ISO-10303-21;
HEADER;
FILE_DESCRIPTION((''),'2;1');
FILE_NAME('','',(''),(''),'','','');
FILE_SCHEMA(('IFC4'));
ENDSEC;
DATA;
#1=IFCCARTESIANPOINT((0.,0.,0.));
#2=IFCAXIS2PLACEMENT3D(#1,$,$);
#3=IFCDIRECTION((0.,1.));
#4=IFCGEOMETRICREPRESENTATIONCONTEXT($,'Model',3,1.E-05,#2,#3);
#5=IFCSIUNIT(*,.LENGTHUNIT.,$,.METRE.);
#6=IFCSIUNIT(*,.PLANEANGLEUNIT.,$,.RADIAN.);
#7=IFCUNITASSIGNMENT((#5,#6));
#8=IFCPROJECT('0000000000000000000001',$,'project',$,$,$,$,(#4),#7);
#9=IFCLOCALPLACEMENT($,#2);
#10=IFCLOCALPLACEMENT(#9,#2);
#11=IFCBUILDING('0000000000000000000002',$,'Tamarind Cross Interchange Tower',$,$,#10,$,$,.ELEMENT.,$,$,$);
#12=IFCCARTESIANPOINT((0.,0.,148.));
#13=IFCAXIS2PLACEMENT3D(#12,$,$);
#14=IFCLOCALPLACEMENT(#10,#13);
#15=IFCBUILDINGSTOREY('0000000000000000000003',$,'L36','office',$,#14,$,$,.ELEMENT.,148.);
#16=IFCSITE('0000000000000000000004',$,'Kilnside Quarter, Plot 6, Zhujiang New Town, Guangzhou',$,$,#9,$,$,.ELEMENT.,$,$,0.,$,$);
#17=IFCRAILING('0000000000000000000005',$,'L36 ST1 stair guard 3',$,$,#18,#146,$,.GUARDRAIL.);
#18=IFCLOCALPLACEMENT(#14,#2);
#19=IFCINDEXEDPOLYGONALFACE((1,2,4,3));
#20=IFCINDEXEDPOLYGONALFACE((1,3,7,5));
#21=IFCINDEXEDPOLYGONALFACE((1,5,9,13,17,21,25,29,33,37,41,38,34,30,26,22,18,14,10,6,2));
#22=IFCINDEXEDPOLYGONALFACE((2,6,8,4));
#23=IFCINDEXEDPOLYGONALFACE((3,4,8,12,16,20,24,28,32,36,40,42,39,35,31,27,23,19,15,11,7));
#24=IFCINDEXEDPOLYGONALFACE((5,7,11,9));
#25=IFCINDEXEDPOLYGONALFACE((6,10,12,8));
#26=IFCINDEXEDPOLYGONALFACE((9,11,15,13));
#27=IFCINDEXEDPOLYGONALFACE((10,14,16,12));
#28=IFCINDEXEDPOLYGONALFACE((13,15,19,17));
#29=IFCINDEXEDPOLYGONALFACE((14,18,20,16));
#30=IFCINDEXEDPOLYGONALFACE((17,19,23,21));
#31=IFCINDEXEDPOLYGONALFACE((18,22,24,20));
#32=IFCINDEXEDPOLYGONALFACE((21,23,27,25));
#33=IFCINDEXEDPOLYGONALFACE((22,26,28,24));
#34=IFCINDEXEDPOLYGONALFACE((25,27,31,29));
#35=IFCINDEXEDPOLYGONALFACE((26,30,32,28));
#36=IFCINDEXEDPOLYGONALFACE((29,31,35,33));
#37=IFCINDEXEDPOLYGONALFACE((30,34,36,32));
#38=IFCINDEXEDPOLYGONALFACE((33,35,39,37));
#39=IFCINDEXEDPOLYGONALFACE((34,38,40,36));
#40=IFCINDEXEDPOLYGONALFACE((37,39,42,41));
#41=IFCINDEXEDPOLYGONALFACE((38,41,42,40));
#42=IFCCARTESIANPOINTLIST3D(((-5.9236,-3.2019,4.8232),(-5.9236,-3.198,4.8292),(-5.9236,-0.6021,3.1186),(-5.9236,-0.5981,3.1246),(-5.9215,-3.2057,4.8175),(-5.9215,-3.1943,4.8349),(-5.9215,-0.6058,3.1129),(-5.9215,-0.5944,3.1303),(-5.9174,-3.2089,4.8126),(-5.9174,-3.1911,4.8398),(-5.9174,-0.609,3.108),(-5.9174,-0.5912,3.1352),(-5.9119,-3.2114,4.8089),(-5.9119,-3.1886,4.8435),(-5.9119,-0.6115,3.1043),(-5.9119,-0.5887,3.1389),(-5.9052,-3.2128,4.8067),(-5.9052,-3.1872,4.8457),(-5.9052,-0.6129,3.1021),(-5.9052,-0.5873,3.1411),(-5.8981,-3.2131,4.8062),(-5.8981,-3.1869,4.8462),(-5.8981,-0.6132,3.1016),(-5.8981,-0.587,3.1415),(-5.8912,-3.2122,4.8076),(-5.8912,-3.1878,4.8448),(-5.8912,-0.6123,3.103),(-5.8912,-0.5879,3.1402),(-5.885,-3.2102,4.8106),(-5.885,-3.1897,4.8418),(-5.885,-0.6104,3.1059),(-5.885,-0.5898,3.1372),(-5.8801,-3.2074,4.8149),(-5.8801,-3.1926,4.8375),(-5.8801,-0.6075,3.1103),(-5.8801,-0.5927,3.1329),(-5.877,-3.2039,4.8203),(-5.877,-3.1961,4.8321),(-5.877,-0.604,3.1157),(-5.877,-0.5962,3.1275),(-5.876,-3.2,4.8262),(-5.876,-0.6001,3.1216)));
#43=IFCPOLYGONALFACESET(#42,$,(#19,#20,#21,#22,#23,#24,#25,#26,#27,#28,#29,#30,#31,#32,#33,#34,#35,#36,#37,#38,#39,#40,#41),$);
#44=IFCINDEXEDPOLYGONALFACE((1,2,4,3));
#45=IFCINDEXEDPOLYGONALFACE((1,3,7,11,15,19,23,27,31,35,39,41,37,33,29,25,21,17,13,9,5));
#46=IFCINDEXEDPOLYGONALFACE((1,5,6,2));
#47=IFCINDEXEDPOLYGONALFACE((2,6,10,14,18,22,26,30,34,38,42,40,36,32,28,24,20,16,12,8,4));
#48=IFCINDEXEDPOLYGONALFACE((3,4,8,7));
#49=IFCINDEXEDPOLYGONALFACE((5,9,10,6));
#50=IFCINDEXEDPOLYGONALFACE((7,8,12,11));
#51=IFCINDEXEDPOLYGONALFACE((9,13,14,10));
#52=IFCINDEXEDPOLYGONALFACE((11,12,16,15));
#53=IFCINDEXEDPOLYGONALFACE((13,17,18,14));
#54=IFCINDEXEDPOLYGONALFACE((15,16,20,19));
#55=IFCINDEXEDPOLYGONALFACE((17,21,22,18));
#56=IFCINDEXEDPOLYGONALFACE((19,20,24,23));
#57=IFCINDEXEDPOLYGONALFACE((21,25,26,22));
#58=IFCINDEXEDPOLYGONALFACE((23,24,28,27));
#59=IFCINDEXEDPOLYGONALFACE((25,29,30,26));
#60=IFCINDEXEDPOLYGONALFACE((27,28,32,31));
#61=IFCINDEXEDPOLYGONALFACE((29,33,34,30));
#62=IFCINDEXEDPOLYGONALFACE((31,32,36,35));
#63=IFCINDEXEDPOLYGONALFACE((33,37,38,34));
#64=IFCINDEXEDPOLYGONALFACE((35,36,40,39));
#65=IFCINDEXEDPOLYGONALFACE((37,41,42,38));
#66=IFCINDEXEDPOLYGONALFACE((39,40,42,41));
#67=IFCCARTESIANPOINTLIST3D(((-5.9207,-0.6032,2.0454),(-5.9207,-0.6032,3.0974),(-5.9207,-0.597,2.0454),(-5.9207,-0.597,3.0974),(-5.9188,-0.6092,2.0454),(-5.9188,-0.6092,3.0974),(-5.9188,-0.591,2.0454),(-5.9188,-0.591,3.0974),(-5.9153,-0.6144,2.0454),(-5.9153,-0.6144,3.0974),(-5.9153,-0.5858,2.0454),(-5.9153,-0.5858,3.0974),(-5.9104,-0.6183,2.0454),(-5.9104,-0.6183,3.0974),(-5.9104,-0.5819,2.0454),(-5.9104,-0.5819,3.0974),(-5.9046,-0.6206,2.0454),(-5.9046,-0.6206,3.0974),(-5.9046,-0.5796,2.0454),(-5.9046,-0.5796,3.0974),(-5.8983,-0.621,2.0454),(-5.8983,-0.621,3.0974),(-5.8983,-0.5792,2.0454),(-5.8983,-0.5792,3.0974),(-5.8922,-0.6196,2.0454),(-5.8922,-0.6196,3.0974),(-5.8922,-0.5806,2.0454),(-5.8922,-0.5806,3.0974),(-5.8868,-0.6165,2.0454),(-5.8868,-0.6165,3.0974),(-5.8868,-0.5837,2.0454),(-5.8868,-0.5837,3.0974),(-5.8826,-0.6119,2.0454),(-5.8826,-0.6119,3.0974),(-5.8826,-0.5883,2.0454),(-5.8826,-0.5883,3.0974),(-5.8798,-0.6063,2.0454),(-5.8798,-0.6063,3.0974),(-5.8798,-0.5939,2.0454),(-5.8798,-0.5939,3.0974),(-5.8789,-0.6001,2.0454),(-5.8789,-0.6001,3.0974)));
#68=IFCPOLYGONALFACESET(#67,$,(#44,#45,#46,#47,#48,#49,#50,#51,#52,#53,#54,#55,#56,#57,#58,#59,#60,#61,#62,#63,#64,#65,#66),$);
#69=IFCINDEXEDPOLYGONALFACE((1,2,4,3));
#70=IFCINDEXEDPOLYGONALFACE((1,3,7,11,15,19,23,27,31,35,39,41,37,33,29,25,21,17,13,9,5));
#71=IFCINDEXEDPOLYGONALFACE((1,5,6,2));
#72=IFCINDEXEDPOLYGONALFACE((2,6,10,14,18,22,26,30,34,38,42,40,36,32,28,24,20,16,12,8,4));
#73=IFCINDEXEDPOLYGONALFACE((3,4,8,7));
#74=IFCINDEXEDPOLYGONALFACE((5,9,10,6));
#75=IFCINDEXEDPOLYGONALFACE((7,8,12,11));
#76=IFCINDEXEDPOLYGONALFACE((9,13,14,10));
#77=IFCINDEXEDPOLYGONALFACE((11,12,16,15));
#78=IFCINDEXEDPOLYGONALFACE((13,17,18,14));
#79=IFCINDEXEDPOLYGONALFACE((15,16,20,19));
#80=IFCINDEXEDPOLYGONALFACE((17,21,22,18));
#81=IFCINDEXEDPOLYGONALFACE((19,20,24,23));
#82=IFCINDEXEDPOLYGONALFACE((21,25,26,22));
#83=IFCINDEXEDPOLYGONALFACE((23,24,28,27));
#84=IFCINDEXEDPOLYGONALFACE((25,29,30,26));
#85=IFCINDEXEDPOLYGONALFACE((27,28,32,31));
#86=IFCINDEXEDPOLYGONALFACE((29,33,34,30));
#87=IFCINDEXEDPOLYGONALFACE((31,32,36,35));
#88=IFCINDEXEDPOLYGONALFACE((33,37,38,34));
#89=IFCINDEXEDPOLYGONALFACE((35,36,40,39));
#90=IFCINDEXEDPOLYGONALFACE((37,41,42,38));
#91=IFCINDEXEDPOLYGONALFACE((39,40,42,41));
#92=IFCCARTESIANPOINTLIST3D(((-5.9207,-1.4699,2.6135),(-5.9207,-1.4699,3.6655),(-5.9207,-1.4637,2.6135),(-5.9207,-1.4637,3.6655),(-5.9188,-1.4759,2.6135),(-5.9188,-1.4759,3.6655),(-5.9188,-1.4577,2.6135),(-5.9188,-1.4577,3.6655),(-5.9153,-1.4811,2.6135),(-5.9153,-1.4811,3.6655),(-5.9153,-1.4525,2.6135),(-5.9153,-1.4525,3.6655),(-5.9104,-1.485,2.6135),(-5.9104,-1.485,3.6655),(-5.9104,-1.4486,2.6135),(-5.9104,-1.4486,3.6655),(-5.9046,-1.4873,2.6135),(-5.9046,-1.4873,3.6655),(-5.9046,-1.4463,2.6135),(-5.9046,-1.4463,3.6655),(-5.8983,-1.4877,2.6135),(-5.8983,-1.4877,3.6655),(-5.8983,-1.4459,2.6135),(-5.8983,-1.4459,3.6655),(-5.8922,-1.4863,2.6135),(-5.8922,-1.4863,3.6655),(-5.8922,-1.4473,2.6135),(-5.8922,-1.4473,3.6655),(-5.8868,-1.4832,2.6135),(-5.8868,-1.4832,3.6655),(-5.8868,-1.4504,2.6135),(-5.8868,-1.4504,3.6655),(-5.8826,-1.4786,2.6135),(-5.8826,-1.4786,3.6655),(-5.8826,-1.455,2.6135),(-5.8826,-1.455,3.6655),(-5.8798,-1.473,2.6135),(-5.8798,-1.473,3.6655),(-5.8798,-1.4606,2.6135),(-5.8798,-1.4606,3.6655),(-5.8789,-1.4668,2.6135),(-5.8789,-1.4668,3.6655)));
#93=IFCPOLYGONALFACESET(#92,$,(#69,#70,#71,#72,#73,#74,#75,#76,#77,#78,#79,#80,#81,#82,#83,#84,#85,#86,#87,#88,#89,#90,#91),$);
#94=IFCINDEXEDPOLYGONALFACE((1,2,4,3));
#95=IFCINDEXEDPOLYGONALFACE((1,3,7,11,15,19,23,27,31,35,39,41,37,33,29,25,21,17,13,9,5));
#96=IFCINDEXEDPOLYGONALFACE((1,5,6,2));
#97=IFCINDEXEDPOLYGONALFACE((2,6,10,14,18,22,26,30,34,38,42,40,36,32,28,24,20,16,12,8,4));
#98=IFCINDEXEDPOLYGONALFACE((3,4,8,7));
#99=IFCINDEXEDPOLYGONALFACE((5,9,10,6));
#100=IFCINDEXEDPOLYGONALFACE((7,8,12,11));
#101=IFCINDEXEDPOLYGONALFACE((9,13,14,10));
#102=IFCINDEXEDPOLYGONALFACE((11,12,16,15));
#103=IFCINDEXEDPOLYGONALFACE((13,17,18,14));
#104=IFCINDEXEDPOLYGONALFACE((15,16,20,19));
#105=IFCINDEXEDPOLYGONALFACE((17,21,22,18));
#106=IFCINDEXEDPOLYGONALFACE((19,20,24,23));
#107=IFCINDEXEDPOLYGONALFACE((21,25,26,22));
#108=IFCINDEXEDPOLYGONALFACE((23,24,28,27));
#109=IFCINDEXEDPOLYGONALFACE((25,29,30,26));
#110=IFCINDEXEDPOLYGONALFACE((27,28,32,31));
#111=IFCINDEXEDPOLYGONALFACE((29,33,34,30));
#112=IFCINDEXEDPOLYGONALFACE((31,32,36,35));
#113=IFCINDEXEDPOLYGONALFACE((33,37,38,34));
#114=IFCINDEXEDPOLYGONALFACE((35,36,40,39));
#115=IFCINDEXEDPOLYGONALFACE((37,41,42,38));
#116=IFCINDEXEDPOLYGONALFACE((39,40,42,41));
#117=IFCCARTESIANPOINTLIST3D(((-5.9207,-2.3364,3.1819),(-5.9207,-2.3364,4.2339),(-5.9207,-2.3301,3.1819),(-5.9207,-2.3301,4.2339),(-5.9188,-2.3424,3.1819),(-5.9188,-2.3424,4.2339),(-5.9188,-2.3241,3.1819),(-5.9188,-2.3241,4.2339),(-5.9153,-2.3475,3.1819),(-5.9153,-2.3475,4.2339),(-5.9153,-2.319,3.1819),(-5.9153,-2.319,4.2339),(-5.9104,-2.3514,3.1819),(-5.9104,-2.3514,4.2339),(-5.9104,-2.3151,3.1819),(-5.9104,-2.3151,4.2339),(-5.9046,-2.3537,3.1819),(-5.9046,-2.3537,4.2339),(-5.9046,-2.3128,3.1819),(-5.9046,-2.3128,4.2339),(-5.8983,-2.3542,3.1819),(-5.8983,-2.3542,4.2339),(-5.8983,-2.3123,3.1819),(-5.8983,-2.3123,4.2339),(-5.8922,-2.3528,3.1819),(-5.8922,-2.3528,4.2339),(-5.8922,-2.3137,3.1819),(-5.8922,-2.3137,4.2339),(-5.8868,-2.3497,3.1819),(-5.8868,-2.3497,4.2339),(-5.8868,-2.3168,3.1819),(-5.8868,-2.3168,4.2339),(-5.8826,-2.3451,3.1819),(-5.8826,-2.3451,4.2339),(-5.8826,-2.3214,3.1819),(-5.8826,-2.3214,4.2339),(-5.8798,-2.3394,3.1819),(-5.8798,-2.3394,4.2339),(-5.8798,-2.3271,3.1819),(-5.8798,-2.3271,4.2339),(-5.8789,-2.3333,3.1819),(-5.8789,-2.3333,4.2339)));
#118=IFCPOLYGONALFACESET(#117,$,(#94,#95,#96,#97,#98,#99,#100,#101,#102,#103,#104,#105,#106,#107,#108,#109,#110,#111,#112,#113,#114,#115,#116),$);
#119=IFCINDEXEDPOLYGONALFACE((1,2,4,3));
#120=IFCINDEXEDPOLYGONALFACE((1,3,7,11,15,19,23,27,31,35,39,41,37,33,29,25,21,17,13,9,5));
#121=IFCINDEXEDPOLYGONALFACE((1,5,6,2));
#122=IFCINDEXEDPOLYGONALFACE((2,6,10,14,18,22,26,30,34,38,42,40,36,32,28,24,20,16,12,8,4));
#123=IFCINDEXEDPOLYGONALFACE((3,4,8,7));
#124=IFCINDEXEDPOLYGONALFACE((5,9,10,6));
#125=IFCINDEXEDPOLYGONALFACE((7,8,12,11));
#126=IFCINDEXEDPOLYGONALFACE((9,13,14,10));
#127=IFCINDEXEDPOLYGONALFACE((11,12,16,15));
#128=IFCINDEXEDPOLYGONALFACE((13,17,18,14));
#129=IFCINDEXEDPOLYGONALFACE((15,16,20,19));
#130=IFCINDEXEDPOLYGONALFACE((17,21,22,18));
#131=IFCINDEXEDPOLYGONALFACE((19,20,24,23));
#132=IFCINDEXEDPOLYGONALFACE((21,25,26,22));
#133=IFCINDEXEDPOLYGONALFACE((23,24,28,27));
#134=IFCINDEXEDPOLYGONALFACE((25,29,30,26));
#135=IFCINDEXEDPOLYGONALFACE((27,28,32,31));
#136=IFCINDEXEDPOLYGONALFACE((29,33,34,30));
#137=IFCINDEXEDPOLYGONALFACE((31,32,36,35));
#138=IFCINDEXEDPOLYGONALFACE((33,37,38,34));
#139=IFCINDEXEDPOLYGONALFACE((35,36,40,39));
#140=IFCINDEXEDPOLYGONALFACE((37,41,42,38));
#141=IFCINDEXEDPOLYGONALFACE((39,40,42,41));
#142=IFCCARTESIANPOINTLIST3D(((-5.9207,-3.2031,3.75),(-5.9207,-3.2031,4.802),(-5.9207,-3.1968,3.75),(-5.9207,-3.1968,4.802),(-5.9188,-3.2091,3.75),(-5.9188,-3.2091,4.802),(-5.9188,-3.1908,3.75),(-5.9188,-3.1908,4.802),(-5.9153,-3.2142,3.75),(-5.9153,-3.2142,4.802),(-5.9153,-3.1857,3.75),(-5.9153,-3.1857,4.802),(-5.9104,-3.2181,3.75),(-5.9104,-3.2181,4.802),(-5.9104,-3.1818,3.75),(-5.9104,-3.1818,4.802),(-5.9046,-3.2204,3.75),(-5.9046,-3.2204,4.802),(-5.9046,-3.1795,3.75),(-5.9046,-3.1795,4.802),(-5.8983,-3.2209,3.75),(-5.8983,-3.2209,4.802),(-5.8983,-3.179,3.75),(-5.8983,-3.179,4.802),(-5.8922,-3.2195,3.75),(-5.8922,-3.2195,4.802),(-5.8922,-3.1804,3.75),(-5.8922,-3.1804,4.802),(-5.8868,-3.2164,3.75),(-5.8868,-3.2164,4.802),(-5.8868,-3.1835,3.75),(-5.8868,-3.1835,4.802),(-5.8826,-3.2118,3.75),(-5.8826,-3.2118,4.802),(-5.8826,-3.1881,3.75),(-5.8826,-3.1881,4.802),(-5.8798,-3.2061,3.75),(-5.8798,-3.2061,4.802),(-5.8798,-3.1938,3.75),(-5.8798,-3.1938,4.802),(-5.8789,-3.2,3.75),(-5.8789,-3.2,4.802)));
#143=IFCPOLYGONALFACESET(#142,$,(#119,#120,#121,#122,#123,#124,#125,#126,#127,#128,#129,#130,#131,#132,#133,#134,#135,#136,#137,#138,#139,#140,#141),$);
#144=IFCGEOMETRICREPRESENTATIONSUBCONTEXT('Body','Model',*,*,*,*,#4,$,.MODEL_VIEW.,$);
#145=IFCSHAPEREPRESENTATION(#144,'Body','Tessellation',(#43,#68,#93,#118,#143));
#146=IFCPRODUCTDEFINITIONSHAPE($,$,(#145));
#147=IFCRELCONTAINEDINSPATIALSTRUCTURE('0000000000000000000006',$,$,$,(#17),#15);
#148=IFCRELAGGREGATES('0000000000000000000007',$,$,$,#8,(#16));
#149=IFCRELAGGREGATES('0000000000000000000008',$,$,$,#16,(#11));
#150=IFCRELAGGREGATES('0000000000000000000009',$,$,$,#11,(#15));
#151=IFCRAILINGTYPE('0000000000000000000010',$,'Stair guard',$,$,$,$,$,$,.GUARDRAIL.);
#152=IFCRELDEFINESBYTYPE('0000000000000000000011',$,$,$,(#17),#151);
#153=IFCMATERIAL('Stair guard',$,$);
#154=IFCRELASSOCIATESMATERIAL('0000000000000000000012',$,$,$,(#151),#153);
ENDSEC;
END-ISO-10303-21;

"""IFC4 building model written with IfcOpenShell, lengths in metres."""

from ifc_helpers import new_model, si_unit, direction, frame, origin, origin_2d, place, context, subcontext, project, spatial, circle, extrude, material, type_object, element, save


model = new_model("IFC4")

# Units and contexts
model_context = context("Model", 3, precision=1e-05, world=origin(), true_north=direction((0.0, 1.0)))
body_context = subcontext(model_context, "Body", "Model", "MODEL_VIEW")
ifc_project = project(units=[si_unit("LENGTHUNIT", "METRE"), si_unit("PLANEANGLEUNIT", "RADIAN")], contexts=[model_context])

# Site, building, storey
site_placement = place(None, origin())
site = spatial("IfcSite", under=ifc_project, at=site_placement, Name="Kilnside Quarter, Plot 6, Zhujiang New Town, Guangzhou", CompositionType="ELEMENT", RefElevation=0.0)
building_placement = place(site_placement, origin())
building = spatial("IfcBuilding", under=site, at=building_placement, Name="Tamarind Cross Interchange Tower", CompositionType="ELEMENT")
storey_placement = place(building_placement, frame((0.0, 0.0, 148.0)))
storey = spatial("IfcBuildingStorey", under=building, at=storey_placement, Name="L36", Description="office", CompositionType="ELEMENT", Elevation=148.0)

# Railing
ifc_material_1 = material(Name="Stair guard")
railing_type_1 = type_object("IfcRailingType", Name="Stair guard", PredefinedType="GUARDRAIL", material=ifc_material_1)
railing_1_placement = place(storey_placement, frame((-5.8999, -0.6001, 2.0454)))
element("IfcRailing", 1, at=railing_1_placement, inside=storey, type_object=railing_type_1, Name="L36 ST1 stair guard 3", PredefinedType="GUARDRAIL", context=body_context, shape_type="SweptSolid", body=[
    extrude(circle(Radius=0.0239, at=origin_2d()), frame((0.0, 0.0, 1.0762), z_axis=(0.0, -0.836279, 0.548305), x_axis=(1.0, 0.0, 0.0)), (0.0, 0.0, 1.0), 3.1089),
    extrude(circle(Radius=0.021, at=origin_2d()), origin(), (0.0, 0.0, 1.0), 1.052),
    extrude(circle(Radius=0.021, at=origin_2d()), frame((0.0, -0.8667, 0.5681)), (0.0, 0.0, 1.0), 1.052),
    extrude(circle(Radius=0.021, at=origin_2d()), frame((0.0, -1.7332, 1.1365)), (0.0, 0.0, 1.0), 1.052),
    extrude(circle(Radius=0.021, at=origin_2d()), frame((0.0, -2.5999, 1.7046)), (0.0, 0.0, 1.0), 1.052),
])

save(model, "model.ifc")
